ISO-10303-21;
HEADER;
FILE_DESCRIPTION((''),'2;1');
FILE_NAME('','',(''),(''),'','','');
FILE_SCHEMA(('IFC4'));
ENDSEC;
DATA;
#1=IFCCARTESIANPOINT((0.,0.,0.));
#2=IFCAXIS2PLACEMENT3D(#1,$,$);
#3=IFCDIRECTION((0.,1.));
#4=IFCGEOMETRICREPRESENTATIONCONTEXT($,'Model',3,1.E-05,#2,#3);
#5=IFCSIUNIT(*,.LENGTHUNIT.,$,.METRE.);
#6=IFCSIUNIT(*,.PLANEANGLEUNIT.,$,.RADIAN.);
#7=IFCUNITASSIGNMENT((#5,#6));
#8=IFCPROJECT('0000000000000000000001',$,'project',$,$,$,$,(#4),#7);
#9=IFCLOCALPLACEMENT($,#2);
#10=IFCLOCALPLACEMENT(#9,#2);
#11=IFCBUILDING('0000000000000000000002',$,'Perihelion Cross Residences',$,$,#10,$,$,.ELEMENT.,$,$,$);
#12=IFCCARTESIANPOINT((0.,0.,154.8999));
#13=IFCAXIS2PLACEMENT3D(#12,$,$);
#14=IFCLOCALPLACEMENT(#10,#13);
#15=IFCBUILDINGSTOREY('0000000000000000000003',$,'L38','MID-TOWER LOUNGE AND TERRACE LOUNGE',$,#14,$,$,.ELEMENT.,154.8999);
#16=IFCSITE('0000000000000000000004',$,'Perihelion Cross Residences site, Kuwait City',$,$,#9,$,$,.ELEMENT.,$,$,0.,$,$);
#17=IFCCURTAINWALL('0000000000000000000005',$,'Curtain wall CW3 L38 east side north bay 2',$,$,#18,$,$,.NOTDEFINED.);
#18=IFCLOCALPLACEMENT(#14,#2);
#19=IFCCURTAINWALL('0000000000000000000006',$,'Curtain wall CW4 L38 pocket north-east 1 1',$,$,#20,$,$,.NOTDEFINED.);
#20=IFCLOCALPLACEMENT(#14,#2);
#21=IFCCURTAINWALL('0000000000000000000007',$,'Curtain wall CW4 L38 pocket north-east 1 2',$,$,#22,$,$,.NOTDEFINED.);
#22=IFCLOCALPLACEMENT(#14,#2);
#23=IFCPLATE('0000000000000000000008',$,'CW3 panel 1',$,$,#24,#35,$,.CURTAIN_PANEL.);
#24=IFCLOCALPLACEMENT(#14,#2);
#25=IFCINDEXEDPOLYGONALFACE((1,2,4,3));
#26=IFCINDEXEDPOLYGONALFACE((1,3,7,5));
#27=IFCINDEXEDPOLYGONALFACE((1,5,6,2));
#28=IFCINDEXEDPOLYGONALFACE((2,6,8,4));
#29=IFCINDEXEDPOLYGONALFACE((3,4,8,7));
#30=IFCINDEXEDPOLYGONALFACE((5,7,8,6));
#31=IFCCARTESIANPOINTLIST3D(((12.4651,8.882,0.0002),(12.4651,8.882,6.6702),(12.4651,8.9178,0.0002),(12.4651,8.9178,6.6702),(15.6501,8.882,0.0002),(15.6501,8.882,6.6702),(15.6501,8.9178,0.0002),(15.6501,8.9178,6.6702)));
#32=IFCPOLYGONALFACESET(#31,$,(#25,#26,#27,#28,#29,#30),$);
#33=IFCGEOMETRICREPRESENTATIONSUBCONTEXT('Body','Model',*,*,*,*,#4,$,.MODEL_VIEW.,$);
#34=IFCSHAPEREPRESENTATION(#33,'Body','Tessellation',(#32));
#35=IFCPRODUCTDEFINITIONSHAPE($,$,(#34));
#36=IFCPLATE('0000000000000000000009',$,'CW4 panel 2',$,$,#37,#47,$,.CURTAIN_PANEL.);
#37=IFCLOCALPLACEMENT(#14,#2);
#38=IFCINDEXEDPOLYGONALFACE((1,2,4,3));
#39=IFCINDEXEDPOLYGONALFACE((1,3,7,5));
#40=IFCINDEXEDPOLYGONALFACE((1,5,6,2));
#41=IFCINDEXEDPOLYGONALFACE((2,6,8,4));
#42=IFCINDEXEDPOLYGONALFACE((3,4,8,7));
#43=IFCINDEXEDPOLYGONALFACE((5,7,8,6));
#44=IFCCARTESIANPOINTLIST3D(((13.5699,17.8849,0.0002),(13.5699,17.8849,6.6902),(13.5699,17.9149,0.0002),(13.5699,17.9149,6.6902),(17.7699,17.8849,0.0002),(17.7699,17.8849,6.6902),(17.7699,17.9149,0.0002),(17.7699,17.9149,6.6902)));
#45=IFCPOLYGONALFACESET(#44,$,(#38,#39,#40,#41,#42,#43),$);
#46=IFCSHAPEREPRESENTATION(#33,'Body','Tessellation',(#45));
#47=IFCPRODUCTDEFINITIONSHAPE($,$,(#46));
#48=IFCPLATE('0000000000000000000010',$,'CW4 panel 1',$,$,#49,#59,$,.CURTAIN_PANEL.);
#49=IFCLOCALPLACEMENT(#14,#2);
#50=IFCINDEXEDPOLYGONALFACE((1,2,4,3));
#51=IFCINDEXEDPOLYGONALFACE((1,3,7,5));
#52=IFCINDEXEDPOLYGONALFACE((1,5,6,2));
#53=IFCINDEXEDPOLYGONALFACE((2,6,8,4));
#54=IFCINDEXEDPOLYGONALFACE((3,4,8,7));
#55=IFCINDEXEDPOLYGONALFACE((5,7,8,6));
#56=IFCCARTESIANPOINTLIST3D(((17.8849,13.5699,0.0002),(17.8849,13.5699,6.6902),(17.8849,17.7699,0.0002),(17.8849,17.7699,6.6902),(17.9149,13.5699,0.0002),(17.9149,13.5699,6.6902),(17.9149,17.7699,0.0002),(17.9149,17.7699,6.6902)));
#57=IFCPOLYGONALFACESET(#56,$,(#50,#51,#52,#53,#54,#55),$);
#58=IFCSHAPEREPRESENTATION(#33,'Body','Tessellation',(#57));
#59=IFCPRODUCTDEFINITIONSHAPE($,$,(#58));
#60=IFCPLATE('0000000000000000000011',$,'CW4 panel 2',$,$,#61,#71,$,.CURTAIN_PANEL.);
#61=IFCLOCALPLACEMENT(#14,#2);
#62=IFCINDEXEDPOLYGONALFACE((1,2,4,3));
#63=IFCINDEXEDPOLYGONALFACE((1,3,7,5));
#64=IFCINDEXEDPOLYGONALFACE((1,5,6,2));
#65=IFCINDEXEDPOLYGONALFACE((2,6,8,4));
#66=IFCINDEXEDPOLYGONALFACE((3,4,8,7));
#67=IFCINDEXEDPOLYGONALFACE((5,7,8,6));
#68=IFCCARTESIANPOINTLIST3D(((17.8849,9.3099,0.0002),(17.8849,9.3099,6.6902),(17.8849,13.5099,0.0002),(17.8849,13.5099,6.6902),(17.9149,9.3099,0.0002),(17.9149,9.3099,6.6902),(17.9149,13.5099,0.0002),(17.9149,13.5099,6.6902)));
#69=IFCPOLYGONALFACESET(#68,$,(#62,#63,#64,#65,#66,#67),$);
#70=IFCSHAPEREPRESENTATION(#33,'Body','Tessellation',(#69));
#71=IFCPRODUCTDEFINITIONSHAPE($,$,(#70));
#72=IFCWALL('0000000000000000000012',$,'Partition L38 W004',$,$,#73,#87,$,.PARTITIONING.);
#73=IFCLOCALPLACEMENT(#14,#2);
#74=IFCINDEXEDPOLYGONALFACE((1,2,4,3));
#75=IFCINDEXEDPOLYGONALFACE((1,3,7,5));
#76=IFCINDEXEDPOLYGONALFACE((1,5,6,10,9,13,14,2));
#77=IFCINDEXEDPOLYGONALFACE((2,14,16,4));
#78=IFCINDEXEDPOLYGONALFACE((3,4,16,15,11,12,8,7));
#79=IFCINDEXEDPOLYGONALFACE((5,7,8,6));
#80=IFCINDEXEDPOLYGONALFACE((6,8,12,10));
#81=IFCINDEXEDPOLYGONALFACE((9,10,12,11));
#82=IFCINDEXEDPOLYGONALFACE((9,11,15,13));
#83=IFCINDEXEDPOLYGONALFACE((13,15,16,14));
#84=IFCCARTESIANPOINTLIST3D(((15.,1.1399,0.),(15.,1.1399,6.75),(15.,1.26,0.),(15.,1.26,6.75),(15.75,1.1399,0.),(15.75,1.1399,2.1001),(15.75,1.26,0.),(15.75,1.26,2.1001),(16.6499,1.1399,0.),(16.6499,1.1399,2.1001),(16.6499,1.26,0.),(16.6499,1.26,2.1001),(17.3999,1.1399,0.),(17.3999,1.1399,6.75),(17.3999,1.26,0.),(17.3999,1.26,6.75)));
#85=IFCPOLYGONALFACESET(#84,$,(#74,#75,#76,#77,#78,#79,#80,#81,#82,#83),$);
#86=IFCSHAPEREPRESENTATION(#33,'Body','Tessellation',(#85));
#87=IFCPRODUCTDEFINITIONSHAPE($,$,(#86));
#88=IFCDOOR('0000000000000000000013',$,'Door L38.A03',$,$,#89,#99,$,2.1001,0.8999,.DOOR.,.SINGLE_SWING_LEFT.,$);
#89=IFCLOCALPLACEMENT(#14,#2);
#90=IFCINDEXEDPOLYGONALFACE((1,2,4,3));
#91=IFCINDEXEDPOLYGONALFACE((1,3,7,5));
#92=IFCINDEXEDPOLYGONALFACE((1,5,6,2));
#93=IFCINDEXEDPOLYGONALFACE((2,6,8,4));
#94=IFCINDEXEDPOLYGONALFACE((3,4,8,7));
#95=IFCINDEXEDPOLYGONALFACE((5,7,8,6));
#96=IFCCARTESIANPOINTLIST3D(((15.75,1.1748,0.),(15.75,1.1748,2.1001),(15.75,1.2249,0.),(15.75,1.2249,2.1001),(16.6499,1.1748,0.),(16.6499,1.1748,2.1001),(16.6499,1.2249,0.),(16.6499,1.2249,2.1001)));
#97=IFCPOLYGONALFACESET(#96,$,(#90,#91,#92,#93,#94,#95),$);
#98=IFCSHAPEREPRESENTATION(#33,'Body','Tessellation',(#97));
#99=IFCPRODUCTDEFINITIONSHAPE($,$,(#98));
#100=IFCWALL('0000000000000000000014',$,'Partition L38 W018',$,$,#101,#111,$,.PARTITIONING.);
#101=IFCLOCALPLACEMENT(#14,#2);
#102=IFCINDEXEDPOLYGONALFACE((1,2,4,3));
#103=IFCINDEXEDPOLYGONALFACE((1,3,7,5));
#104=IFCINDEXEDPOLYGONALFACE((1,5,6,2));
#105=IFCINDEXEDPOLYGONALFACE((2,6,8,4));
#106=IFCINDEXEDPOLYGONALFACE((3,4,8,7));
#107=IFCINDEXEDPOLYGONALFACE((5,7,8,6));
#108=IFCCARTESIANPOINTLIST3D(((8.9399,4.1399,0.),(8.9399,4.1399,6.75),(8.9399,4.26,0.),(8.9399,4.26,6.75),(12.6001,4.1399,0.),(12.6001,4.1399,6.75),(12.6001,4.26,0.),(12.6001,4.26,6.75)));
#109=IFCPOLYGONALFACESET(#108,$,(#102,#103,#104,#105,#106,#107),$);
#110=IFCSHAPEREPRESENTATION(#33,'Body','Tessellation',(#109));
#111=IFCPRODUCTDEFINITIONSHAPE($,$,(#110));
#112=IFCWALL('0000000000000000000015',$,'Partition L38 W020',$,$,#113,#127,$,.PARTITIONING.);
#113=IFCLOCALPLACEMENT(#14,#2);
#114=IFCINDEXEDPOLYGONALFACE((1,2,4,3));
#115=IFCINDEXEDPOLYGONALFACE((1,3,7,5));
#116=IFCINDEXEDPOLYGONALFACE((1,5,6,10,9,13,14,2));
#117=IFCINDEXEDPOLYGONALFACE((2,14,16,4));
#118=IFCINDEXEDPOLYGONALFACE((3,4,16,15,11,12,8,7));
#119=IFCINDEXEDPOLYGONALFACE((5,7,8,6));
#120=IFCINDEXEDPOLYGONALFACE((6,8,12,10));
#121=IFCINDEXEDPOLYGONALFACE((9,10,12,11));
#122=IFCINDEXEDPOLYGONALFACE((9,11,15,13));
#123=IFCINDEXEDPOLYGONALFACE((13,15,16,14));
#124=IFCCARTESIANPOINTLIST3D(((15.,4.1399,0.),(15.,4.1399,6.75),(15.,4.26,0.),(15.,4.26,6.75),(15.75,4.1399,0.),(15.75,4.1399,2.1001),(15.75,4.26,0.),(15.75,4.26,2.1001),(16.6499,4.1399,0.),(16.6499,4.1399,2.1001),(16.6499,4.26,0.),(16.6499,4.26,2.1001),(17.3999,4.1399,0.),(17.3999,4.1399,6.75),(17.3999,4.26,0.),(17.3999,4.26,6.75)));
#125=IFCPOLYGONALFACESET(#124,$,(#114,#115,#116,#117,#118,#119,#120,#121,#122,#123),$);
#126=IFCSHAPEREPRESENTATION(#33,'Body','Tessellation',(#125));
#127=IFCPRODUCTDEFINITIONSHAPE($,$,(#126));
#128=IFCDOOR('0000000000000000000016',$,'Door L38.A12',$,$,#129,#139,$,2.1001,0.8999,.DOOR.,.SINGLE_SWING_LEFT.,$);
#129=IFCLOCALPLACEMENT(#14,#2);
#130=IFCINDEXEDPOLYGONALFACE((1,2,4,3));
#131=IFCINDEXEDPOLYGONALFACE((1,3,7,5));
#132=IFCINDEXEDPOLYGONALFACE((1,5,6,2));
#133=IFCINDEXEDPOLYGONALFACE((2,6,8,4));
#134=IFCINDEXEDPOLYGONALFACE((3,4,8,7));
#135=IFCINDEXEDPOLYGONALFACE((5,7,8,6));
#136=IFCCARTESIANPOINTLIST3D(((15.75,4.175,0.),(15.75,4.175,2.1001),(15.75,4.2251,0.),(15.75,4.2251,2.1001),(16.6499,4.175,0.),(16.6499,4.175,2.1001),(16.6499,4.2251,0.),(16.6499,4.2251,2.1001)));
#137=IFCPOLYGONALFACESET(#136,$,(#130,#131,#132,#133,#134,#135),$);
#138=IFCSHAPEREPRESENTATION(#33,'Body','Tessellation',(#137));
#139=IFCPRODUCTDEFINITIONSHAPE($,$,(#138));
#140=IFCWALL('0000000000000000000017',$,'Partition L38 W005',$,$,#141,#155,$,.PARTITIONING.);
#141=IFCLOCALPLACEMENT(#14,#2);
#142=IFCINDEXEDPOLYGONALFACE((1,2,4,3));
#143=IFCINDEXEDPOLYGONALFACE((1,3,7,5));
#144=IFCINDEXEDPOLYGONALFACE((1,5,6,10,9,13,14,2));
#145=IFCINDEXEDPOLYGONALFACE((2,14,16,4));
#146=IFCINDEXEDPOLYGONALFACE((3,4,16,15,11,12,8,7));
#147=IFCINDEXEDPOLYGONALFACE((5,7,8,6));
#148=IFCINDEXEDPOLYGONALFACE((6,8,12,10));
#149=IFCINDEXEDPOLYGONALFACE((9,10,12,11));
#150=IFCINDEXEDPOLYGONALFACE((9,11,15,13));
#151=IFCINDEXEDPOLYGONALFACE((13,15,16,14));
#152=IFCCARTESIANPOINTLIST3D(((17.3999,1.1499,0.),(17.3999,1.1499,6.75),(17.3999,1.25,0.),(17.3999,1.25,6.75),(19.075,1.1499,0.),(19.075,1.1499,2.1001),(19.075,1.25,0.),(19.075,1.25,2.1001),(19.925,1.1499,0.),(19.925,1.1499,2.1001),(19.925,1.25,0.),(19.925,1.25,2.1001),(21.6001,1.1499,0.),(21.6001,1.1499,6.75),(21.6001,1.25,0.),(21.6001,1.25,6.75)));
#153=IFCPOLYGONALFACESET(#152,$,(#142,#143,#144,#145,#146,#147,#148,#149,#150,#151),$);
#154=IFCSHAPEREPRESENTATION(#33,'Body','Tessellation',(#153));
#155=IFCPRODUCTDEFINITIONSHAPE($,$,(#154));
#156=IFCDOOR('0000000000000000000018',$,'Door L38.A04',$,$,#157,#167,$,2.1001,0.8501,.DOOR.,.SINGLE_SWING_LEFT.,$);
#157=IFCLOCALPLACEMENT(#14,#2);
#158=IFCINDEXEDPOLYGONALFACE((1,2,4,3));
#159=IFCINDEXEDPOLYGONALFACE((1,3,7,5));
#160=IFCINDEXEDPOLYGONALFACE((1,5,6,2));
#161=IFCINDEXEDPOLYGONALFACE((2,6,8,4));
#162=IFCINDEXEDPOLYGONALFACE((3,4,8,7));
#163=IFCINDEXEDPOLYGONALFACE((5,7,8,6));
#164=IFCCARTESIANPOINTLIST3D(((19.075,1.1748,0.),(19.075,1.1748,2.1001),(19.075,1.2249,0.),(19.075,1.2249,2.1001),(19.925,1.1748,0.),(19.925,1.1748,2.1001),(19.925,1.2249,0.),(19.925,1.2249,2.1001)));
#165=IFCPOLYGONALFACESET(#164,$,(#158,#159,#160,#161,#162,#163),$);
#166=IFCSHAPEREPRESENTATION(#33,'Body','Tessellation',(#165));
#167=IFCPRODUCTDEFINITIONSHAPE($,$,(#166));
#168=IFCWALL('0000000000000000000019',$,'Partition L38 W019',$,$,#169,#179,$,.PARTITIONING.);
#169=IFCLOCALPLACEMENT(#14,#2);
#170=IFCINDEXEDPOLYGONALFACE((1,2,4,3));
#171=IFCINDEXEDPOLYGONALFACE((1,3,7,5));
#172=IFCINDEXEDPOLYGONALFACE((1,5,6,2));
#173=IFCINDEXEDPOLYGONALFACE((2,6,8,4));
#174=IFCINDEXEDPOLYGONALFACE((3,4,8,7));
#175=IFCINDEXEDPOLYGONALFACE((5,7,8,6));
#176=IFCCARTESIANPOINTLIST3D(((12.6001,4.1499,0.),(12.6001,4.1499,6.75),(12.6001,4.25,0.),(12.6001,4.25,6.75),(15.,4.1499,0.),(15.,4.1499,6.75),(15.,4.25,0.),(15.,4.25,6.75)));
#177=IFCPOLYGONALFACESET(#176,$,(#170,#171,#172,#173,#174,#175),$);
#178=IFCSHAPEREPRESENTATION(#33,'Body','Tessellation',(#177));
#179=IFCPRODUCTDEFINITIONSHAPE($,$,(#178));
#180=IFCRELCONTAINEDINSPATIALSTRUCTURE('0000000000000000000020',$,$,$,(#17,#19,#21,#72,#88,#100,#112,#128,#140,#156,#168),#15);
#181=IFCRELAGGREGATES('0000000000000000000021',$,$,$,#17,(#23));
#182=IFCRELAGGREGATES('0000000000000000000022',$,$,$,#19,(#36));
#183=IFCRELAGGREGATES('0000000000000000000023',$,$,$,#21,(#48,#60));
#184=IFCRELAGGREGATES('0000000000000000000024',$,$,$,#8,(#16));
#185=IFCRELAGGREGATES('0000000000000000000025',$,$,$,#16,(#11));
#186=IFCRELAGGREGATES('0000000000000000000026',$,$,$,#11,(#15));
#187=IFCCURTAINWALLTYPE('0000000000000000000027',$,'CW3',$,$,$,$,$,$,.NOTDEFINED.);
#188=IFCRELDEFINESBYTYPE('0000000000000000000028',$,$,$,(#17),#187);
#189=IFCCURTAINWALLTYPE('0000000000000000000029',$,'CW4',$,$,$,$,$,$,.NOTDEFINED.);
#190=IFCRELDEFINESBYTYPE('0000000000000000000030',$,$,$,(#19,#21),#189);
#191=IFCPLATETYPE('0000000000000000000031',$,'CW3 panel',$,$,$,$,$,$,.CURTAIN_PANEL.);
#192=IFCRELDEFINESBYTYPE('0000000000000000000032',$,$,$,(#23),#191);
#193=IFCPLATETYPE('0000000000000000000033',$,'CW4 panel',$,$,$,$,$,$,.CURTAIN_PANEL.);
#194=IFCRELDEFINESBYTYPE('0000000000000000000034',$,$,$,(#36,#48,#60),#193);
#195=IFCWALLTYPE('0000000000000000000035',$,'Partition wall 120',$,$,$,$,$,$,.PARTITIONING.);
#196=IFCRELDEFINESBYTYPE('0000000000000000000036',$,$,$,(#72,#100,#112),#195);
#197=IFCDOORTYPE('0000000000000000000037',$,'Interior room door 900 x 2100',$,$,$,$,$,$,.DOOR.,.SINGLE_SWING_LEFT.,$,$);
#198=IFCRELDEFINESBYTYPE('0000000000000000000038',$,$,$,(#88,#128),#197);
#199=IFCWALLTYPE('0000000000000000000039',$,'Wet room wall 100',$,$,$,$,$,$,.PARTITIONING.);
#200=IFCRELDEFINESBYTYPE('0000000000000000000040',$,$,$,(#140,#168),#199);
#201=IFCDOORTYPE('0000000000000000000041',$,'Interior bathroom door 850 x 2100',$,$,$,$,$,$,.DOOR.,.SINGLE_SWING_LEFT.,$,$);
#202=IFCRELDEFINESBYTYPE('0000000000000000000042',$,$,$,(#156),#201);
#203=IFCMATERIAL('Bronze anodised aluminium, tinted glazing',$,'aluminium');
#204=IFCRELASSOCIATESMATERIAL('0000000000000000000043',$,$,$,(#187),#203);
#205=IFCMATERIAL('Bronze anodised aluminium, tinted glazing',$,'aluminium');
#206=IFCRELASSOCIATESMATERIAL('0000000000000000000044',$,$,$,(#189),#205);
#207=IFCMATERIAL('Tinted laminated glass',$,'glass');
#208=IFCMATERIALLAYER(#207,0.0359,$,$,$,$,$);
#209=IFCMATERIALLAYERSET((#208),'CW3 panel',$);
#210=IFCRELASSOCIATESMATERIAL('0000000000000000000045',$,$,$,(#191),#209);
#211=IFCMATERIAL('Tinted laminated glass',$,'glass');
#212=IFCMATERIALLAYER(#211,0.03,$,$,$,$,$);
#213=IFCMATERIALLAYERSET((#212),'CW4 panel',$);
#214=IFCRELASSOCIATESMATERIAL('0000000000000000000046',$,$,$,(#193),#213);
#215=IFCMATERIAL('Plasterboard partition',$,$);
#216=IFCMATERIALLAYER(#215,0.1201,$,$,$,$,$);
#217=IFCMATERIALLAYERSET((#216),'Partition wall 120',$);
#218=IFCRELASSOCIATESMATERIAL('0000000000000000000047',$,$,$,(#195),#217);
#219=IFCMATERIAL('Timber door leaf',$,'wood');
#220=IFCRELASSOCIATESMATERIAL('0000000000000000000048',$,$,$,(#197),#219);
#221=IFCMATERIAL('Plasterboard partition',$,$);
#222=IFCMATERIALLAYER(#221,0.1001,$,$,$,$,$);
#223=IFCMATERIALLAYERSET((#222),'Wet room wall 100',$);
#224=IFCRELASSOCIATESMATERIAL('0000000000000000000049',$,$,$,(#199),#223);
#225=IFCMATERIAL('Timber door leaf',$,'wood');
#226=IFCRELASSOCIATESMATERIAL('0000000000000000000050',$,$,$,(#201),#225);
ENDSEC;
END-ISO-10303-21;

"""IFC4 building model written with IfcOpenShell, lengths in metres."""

from ifc_helpers import new_model, si_unit, direction, frame, frame_2d, origin, origin_2d, place, context, subcontext, project, spatial, rectangle, extrude, material, layer, layer_set, type_object, element, fill, aggregate, save


model = new_model("IFC4")

# Units and contexts
model_context = context("Model", 3, precision=1e-05, world=origin(), true_north=direction((0.0, 1.0)))
body_context = subcontext(model_context, "Body", "Model", "MODEL_VIEW")
ifc_project = project(units=[si_unit("LENGTHUNIT", "METRE"), si_unit("PLANEANGLEUNIT", "RADIAN")], contexts=[model_context])

# Site, building, storey
site_placement = place(None, origin())
site = spatial("IfcSite", under=ifc_project, at=site_placement, Name="Perihelion Cross Residences site, Kuwait City", CompositionType="ELEMENT", RefElevation=0.0)
building_placement = place(site_placement, origin())
building = spatial("IfcBuilding", under=site, at=building_placement, Name="Perihelion Cross Residences", CompositionType="ELEMENT")
storey_placement = place(building_placement, frame((0.0, 0.0, 154.8999)))
storey = spatial("IfcBuildingStorey", under=building, at=storey_placement, Name="L38", Description="MID-TOWER LOUNGE AND TERRACE LOUNGE", CompositionType="ELEMENT", Elevation=154.8999)

# Curtain wall
ifc_material_1 = material(Name="Bronze anodised aluminium, tinted glazing", Category="aluminium")
curtain_wall_type_1 = type_object("IfcCurtainWallType", Name="CW3", PredefinedType="NOTDEFINED", material=ifc_material_1)
curtain_wall_1_placement = place(storey_placement, origin())
curtain_wall_1 = element("IfcCurtainWall", 1, at=curtain_wall_1_placement, inside=storey, type_object=curtain_wall_type_1, Name="Curtain wall CW3 L38 east side north bay 2", PredefinedType="NOTDEFINED")

# Curtain walls
ifc_material_2 = material(Name="Bronze anodised aluminium, tinted glazing", Category="aluminium")
curtain_wall_type_2 = type_object("IfcCurtainWallType", Name="CW4", PredefinedType="NOTDEFINED", material=ifc_material_2)
curtain_wall_2_placement = place(storey_placement, origin())
curtain_wall_2 = element("IfcCurtainWall", 2, at=curtain_wall_2_placement, inside=storey, type_object=curtain_wall_type_2, Name="Curtain wall CW4 L38 pocket north-east 1 1", PredefinedType="NOTDEFINED")
curtain_wall_3_placement = place(storey_placement, origin())
curtain_wall_3 = element("IfcCurtainWall", 3, at=curtain_wall_3_placement, inside=storey, type_object=curtain_wall_type_2, Name="Curtain wall CW4 L38 pocket north-east 1 2", PredefinedType="NOTDEFINED")

# Plates
ifc_material_3 = material(Name="Tinted laminated glass", Category="glass")
ifc_layer_1 = layer(ifc_material_3, 0.0359)
ifc_layer_set_1 = layer_set([ifc_layer_1], Name="CW3 panel")
plate_type_1 = type_object("IfcPlateType", Name="CW3 panel", PredefinedType="CURTAIN_PANEL", material=ifc_layer_set_1)
plate_1_placement = place(storey_placement, frame((14.0576, 8.8999, 0.0002), z_axis=(0.0, 0.0, 1.0), x_axis=(-1.0, 0.0, 0.0)))
plate_1 = element("IfcPlate", 4, at=plate_1_placement, type_object=plate_type_1, Name="CW3 panel 1", PredefinedType="CURTAIN_PANEL", context=body_context, shape_type="SweptSolid", body=[
    extrude(rectangle(XDim=3.1851, YDim=0.0359, at=origin_2d()), origin(), (0.0, 0.0, 1.0), 6.6699),
])
aggregate(curtain_wall_1, [plate_1])
ifc_material_4 = material(Name="Tinted laminated glass", Category="glass")
ifc_layer_2 = layer(ifc_material_4, 0.03)
ifc_layer_set_2 = layer_set([ifc_layer_2], Name="CW4 panel")
plate_type_2 = type_object("IfcPlateType", Name="CW4 panel", PredefinedType="CURTAIN_PANEL", material=ifc_layer_set_2)
plate_2_placement = place(storey_placement, frame((15.6699, 17.8999, 0.0002), z_axis=(0.0, 0.0, 1.0), x_axis=(1.0, 0.0, 0.0)))
plate_2 = element("IfcPlate", 5, at=plate_2_placement, type_object=plate_type_2, Name="CW4 panel 2", PredefinedType="CURTAIN_PANEL", context=body_context, shape_type="SweptSolid", body=[
    extrude(rectangle(XDim=4.2, YDim=0.03, at=origin_2d()), origin(), (0.0, 0.0, 1.0), 6.6899),
])
aggregate(curtain_wall_2, [plate_2])
plate_3_placement = place(storey_placement, frame((17.8999, 15.6699, 0.0002), z_axis=(0.0, 0.0, 1.0), x_axis=(0.0, -1.0, 0.0)))
plate_3 = element("IfcPlate", 6, at=plate_3_placement, type_object=plate_type_2, Name="CW4 panel 1", PredefinedType="CURTAIN_PANEL", context=body_context, shape_type="SweptSolid", body=[
    extrude(rectangle(XDim=4.2, YDim=0.03, at=origin_2d()), origin(), (0.0, 0.0, 1.0), 6.6899),
])
plate_4_placement = place(storey_placement, frame((17.8999, 11.4099, 0.0002), z_axis=(0.0, 0.0, 1.0), x_axis=(0.0, -1.0, 0.0)))
plate_4 = element("IfcPlate", 7, at=plate_4_placement, type_object=plate_type_2, Name="CW4 panel 2", PredefinedType="CURTAIN_PANEL", context=body_context, shape_type="SweptSolid", body=[
    extrude(rectangle(XDim=4.2, YDim=0.03, at=origin_2d()), origin(), (0.0, 0.0, 1.0), 6.6899),
])
aggregate(curtain_wall_3, [plate_3, plate_4])

# Wall, opening, door
ifc_material_5 = material(Name="Plasterboard partition")
ifc_layer_3 = layer(ifc_material_5, 0.1201)
ifc_layer_set_3 = layer_set([ifc_layer_3], Name="Partition wall 120")
wall_type_1 = type_object("IfcWallType", Name="Partition wall 120", PredefinedType="PARTITIONING", material=ifc_layer_set_3)
wall_1_placement = place(storey_placement, frame((15.0, 1.2, 0.0), z_axis=(0.0, 0.0, 1.0), x_axis=(1.0, 0.0, 0.0)))
wall_1 = element("IfcWall", 8, at=wall_1_placement, inside=storey, type_object=wall_type_1, Name="Partition L38 W004", PredefinedType="PARTITIONING", context=body_context, shape_type="SweptSolid", body=[
    extrude(rectangle(XDim=2.3999, YDim=0.1201, at=frame_2d((1.2, 0.0))), origin(), (0.0, 0.0, 1.0), 6.75),
])
opening_1_placement = place(wall_1_placement, frame((0.75, 0.0, 0.0)))
opening_1 = element("IfcOpeningElement", 9, at=opening_1_placement, cuts=wall_1, PredefinedType="OPENING", context=body_context, shape_type="SweptSolid", body=[
    extrude(rectangle(XDim=0.8999, YDim=2.1001, at=frame_2d((0.45, 1.05))), frame((0.0, 0.0701, 0.0), z_axis=(0.0, -1.0, 0.0), x_axis=(1.0, 0.0, 0.0)), (0.0, 0.0, 1.0), 0.1401),
])
ifc_material_6 = material(Name="Timber door leaf", Category="wood")
door_type_1 = type_object("IfcDoorType", Name="Interior room door 900 x 2100", OperationType="SINGLE_SWING_LEFT", PredefinedType="DOOR", material=ifc_material_6)
door_1_placement = place(opening_1_placement, origin())
door_1 = element("IfcDoor", 10, at=door_1_placement, inside=storey, type_object=door_type_1, Name="Door L38.A03", OperationType="SINGLE_SWING_LEFT", OverallHeight=2.1001, OverallWidth=0.8999, PredefinedType="DOOR", context=body_context, shape_type="SweptSolid", body=[
    extrude(rectangle(XDim=0.8999, YDim=2.1001, at=frame_2d((0.45, 1.05))), frame((0.0, 0.0249, 0.0), z_axis=(0.0, -1.0, 0.0), x_axis=(1.0, 0.0, 0.0)), (0.0, 0.0, 1.0), 0.05),
])
fill(opening_1, door_1)

# Wall
wall_2_placement = place(storey_placement, frame((12.6001, 4.2, 0.0), z_axis=(0.0, 0.0, 1.0), x_axis=(-1.0, 0.0, 0.0)))
element("IfcWall", 11, at=wall_2_placement, inside=storey, type_object=wall_type_1, Name="Partition L38 W018", PredefinedType="PARTITIONING", context=body_context, shape_type="SweptSolid", body=[
    extrude(rectangle(XDim=3.6602, YDim=0.1201, at=frame_2d((1.8301, 0.0))), origin(), (0.0, 0.0, 1.0), 6.75),
])

# Walls, openings, doors
wall_3_placement = place(storey_placement, frame((17.3999, 4.2, 0.0), z_axis=(0.0, 0.0, 1.0), x_axis=(-1.0, 0.0, 0.0)))
wall_3 = element("IfcWall", 12, at=wall_3_placement, inside=storey, type_object=wall_type_1, Name="Partition L38 W020", PredefinedType="PARTITIONING", context=body_context, shape_type="SweptSolid", body=[
    extrude(rectangle(XDim=2.3999, YDim=0.1201, at=frame_2d((1.2, 0.0))), origin(), (0.0, 0.0, 1.0), 6.75),
])
opening_2_placement = place(wall_3_placement, frame((0.75, 0.0, 0.0)))
opening_2 = element("IfcOpeningElement", 13, at=opening_2_placement, cuts=wall_3, PredefinedType="OPENING", context=body_context, shape_type="SweptSolid", body=[
    extrude(rectangle(XDim=0.8999, YDim=2.1001, at=frame_2d((0.45, 1.05))), frame((0.0, 0.0701, 0.0), z_axis=(0.0, -1.0, 0.0), x_axis=(1.0, 0.0, 0.0)), (0.0, 0.0, 1.0), 0.1401),
])
door_2_placement = place(opening_2_placement, origin())
door_2 = element("IfcDoor", 14, at=door_2_placement, inside=storey, type_object=door_type_1, Name="Door L38.A12", OperationType="SINGLE_SWING_LEFT", OverallHeight=2.1001, OverallWidth=0.8999, PredefinedType="DOOR", context=body_context, shape_type="SweptSolid", body=[
    extrude(rectangle(XDim=0.8999, YDim=2.1001, at=frame_2d((0.45, 1.05))), frame((0.0, 0.0249, 0.0), z_axis=(0.0, -1.0, 0.0), x_axis=(1.0, 0.0, 0.0)), (0.0, 0.0, 1.0), 0.05),
])
fill(opening_2, door_2)
ifc_material_7 = material(Name="Plasterboard partition")
ifc_layer_4 = layer(ifc_material_7, 0.1001)
ifc_layer_set_4 = layer_set([ifc_layer_4], Name="Wet room wall 100")
wall_type_2 = type_object("IfcWallType", Name="Wet room wall 100", PredefinedType="PARTITIONING", material=ifc_layer_set_4)
wall_4_placement = place(storey_placement, frame((17.3999, 1.2, 0.0), z_axis=(0.0, 0.0, 1.0), x_axis=(1.0, 0.0, 0.0)))
wall_4 = element("IfcWall", 15, at=wall_4_placement, inside=storey, type_object=wall_type_2, Name="Partition L38 W005", PredefinedType="PARTITIONING", context=body_context, shape_type="SweptSolid", body=[
    extrude(rectangle(XDim=4.2002, YDim=0.1001, at=frame_2d((2.1001, 0.0))), origin(), (0.0, 0.0, 1.0), 6.75),
])
opening_3_placement = place(wall_4_placement, frame((1.675, 0.0, 0.0)))
opening_3 = element("IfcOpeningElement", 16, at=opening_3_placement, cuts=wall_4, PredefinedType="OPENING", context=body_context, shape_type="SweptSolid", body=[
    extrude(rectangle(XDim=0.8501, YDim=2.1001, at=frame_2d((0.425, 1.05))), frame((0.0, 0.0601, 0.0), z_axis=(0.0, -1.0, 0.0), x_axis=(1.0, 0.0, 0.0)), (0.0, 0.0, 1.0), 0.1201),
])
ifc_material_8 = material(Name="Timber door leaf", Category="wood")
door_type_2 = type_object("IfcDoorType", Name="Interior bathroom door 850 x 2100", OperationType="SINGLE_SWING_LEFT", PredefinedType="DOOR", material=ifc_material_8)
door_3_placement = place(opening_3_placement, origin())
door_3 = element("IfcDoor", 17, at=door_3_placement, inside=storey, type_object=door_type_2, Name="Door L38.A04", OperationType="SINGLE_SWING_LEFT", OverallHeight=2.1001, OverallWidth=0.8501, PredefinedType="DOOR", context=body_context, shape_type="SweptSolid", body=[
    extrude(rectangle(XDim=0.8501, YDim=2.1001, at=frame_2d((0.425, 1.05))), frame((0.0, 0.0249, 0.0), z_axis=(0.0, -1.0, 0.0), x_axis=(1.0, 0.0, 0.0)), (0.0, 0.0, 1.0), 0.05),
])
fill(opening_3, door_3)

# Wall
wall_5_placement = place(storey_placement, frame((15.0, 4.2, 0.0), z_axis=(0.0, 0.0, 1.0), x_axis=(-1.0, 0.0, 0.0)))
element("IfcWall", 18, at=wall_5_placement, inside=storey, type_object=wall_type_2, Name="Partition L38 W019", PredefinedType="PARTITIONING", context=body_context, shape_type="SweptSolid", body=[
    extrude(rectangle(XDim=2.3999, YDim=0.1001, at=frame_2d((1.2, 0.0))), origin(), (0.0, 0.0, 1.0), 6.75),
])

save(model, "model.ifc")
